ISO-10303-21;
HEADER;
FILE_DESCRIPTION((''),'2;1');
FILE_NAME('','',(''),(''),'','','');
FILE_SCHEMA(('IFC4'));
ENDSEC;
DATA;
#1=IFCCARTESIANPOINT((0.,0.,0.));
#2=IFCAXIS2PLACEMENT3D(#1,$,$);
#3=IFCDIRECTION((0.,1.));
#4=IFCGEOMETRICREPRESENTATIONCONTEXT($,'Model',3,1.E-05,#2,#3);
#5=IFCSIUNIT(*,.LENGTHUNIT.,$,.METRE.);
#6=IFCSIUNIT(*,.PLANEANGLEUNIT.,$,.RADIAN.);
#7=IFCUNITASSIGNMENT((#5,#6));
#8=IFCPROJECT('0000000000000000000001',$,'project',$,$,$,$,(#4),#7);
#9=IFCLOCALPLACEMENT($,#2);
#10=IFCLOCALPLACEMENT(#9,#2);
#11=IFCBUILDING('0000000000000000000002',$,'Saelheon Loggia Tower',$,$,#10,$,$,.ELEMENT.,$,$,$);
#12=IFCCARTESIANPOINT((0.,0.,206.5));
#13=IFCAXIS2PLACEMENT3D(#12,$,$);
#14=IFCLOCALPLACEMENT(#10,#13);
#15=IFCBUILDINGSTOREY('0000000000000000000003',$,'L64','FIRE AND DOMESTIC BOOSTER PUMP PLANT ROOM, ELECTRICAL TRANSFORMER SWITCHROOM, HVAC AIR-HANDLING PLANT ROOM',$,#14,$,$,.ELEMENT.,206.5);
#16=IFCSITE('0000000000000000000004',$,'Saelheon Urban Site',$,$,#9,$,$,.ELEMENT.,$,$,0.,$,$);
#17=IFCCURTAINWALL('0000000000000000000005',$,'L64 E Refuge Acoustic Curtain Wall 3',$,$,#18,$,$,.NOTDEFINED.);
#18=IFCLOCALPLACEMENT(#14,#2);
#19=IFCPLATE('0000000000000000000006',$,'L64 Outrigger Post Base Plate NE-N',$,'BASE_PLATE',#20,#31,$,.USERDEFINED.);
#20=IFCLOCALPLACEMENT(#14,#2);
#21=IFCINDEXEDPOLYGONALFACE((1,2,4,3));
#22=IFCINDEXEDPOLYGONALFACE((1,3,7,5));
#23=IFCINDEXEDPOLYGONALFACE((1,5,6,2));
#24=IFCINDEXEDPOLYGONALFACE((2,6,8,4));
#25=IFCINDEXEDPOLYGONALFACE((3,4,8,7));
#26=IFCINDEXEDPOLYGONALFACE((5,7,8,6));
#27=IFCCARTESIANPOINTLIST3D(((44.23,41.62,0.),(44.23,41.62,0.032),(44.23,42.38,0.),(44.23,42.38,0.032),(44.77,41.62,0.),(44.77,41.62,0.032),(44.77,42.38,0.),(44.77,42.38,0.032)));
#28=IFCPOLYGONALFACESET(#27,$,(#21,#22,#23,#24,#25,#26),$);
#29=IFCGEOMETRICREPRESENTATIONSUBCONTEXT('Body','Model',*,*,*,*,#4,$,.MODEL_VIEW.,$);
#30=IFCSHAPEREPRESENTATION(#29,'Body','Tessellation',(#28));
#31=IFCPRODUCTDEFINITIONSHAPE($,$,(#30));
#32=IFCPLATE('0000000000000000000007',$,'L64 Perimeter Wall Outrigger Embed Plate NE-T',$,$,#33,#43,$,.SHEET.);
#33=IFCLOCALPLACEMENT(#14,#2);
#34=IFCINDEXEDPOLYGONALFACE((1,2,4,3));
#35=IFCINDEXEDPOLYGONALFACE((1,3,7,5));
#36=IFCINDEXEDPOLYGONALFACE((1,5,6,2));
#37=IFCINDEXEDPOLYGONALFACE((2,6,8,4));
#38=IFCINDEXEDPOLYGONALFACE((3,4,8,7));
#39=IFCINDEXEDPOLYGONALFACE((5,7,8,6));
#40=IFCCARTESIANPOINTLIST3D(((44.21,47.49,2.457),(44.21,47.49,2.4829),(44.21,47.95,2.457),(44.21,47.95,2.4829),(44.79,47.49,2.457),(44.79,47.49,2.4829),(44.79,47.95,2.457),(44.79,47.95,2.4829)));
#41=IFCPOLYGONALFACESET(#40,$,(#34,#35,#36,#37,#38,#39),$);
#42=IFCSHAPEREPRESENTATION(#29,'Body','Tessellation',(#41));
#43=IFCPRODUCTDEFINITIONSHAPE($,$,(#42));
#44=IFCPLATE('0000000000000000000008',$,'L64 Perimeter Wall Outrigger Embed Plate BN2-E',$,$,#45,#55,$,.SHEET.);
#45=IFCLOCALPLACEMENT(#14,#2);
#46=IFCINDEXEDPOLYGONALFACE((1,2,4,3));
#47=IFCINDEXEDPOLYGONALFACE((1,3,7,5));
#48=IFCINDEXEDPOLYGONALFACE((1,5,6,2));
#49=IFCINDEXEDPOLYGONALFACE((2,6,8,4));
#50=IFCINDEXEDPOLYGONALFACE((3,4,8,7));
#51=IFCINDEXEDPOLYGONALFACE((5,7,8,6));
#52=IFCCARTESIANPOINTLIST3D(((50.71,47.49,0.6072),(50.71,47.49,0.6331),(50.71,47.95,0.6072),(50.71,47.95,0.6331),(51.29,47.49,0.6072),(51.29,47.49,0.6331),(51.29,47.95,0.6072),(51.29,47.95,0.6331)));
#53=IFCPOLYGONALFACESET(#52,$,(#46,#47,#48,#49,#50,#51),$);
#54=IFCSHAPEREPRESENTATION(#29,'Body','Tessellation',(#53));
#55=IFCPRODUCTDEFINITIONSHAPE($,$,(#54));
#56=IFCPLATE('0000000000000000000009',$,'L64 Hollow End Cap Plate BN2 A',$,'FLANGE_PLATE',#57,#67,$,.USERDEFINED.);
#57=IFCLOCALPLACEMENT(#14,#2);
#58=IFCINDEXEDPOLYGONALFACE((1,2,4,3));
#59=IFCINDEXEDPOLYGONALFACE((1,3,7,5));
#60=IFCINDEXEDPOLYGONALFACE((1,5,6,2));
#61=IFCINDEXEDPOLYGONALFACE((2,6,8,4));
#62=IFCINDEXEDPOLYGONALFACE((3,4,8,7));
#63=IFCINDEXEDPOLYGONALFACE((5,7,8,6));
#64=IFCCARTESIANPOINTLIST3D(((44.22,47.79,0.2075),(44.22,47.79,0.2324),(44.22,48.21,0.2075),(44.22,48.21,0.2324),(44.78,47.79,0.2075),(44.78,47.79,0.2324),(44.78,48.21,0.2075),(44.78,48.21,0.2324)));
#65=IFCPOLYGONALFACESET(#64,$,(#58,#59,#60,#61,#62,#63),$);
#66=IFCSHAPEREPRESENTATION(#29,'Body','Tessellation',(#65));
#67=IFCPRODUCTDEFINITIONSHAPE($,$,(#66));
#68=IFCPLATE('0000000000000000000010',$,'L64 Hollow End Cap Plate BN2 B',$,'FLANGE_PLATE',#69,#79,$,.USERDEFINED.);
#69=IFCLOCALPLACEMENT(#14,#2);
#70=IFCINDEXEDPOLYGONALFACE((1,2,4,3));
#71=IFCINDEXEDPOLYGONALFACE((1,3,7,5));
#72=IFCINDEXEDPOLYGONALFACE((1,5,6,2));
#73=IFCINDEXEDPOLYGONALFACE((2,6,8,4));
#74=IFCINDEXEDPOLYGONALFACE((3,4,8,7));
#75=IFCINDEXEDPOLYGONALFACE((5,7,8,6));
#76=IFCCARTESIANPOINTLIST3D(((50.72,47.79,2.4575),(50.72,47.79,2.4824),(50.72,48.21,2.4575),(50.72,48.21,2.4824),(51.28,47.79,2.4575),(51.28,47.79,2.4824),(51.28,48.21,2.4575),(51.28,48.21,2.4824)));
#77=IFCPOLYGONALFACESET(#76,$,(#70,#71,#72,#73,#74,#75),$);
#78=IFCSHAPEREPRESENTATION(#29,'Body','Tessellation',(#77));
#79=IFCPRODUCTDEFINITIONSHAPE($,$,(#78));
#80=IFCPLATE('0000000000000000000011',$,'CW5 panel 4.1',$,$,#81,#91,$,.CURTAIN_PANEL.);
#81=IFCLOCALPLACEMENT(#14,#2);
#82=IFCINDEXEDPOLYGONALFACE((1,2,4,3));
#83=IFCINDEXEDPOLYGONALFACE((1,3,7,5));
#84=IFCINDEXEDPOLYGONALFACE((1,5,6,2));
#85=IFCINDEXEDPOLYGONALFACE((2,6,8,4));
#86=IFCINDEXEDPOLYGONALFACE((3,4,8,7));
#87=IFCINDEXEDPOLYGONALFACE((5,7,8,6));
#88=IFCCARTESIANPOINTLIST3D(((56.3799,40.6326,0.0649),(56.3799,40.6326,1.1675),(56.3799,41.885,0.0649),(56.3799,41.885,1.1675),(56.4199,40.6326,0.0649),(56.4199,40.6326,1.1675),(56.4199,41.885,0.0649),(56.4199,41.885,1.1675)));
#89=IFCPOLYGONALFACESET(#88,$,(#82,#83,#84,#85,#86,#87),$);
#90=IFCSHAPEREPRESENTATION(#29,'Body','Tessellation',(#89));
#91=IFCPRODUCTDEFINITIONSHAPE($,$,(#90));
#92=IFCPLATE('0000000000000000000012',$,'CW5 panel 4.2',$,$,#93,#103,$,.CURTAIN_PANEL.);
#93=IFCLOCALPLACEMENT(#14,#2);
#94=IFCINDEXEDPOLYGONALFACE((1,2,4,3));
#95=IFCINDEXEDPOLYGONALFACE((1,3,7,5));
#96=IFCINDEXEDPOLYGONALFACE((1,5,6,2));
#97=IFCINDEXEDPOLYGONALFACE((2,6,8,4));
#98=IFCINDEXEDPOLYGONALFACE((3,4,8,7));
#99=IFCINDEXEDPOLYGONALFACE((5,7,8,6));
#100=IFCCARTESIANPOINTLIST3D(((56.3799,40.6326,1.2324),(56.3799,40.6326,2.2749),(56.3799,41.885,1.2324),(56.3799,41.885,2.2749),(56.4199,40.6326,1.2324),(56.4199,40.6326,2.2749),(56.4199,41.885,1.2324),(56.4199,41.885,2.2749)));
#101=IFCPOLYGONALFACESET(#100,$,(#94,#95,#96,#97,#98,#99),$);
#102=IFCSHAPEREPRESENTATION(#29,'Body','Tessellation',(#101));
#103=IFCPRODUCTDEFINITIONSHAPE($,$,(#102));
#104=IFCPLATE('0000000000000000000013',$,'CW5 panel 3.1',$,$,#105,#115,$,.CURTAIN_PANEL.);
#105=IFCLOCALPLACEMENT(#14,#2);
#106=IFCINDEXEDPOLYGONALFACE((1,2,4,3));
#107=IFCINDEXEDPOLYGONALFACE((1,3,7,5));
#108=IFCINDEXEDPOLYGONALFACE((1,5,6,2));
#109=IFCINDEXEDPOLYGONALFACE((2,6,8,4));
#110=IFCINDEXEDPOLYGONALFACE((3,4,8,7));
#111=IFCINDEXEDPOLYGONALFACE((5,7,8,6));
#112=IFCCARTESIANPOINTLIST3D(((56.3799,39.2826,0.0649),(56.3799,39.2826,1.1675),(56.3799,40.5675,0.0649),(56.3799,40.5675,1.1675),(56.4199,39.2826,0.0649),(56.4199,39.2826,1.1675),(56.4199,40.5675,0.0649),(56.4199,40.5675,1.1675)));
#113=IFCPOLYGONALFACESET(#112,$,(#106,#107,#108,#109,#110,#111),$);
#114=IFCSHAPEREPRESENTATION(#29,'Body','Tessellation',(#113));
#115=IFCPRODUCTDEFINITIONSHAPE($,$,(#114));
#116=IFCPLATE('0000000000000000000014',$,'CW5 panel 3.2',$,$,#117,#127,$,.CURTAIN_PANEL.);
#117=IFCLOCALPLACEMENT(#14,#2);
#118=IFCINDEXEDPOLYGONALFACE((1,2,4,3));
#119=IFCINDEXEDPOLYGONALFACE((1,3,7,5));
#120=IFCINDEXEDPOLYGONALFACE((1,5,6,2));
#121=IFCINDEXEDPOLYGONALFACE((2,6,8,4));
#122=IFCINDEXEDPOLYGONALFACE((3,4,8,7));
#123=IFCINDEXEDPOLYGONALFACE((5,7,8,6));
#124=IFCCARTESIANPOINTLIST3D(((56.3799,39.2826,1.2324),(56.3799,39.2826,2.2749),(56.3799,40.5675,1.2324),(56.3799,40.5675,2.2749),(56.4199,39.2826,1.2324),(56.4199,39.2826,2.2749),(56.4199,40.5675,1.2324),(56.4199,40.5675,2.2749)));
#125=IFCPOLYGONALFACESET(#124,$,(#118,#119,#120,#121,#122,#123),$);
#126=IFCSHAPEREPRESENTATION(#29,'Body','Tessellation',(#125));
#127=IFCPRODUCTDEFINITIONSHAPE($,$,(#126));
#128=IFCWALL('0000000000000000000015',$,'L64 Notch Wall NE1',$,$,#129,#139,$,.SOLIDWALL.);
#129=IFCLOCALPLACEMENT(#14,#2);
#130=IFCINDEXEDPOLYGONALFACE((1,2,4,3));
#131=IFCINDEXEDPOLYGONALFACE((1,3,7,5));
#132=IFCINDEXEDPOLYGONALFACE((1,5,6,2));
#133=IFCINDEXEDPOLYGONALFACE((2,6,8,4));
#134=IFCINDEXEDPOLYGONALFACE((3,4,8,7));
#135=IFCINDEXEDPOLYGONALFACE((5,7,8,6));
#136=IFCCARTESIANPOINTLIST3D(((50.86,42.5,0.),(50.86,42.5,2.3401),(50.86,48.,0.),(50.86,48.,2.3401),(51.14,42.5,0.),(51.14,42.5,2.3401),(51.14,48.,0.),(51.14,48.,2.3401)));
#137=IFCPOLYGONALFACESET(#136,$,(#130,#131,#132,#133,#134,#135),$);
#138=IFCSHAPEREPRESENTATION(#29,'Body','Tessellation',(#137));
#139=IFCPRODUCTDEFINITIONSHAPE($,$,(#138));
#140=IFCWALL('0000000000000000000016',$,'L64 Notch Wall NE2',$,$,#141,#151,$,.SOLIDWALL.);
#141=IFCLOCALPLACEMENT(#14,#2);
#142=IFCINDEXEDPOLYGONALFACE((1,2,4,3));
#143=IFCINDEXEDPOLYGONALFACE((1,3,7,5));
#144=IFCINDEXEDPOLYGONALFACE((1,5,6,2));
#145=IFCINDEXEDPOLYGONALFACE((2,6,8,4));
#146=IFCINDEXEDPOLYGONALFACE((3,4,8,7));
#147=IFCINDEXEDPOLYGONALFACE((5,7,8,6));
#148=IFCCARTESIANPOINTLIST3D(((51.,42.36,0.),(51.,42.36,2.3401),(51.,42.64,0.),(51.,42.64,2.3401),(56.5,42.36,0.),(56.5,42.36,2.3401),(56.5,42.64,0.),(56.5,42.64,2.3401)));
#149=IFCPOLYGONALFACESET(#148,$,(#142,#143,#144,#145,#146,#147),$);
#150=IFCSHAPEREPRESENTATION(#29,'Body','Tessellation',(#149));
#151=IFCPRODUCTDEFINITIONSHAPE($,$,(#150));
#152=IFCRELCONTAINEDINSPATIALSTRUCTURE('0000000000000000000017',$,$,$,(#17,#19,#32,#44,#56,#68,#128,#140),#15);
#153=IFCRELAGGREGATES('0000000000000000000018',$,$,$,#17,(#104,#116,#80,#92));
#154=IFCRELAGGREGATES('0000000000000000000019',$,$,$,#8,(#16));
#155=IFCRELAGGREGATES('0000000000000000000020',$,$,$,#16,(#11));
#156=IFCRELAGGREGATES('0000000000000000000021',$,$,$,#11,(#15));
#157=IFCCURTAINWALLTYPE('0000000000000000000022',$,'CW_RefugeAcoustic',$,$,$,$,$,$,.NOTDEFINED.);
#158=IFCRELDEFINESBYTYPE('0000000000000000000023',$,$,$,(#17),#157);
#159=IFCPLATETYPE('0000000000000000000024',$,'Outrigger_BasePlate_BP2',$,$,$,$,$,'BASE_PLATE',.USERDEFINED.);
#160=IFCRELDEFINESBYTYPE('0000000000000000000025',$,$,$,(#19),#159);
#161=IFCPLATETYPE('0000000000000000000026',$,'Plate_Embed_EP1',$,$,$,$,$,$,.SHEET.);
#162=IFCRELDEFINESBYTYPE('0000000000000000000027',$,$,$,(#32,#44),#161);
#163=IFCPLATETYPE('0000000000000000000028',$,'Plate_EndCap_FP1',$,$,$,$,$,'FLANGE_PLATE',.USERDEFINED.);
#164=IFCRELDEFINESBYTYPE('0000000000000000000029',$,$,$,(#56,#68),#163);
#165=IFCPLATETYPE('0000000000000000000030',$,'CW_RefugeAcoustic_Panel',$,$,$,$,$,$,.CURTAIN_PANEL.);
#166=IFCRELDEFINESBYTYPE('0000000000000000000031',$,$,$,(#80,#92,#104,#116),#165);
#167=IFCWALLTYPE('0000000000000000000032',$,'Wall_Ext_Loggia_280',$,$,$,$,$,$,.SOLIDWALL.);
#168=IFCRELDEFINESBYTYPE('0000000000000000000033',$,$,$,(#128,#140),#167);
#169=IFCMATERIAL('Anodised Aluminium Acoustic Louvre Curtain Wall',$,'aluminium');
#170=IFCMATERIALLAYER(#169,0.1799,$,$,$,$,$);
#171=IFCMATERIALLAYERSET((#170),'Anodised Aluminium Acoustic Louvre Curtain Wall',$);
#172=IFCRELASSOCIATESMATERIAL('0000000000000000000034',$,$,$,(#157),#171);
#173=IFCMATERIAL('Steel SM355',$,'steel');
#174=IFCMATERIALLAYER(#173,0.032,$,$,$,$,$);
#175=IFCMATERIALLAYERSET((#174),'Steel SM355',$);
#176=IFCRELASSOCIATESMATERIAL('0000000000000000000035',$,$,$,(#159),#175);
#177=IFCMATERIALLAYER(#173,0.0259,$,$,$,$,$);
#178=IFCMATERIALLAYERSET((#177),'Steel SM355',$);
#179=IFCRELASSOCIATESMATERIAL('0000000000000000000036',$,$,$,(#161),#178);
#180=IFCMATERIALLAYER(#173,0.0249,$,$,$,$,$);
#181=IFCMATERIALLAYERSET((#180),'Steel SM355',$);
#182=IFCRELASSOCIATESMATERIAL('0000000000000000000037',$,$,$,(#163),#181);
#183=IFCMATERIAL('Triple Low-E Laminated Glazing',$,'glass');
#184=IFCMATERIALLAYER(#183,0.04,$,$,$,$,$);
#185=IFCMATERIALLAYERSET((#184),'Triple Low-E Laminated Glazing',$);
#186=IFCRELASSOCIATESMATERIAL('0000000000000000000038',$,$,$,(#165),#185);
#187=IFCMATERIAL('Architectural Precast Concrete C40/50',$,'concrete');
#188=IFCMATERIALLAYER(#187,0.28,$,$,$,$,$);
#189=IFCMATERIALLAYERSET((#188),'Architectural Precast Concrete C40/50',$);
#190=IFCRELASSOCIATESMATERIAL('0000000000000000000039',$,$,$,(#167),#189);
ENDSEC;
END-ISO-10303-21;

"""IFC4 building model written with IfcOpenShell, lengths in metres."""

from ifc_helpers import new_model, si_unit, direction, frame, frame_2d, origin, origin_2d, place, context, subcontext, project, spatial, rectangle, extrude, source, transform, mapped, material, layer, layer_set, type_object, element, aggregate, save


model = new_model("IFC4")

# Units and contexts
model_context = context("Model", 3, precision=1e-05, world=origin(), true_north=direction((0.0, 1.0)))
body_context = subcontext(model_context, "Body", "Model", "MODEL_VIEW")
ifc_project = project(units=[si_unit("LENGTHUNIT", "METRE"), si_unit("PLANEANGLEUNIT", "RADIAN")], contexts=[model_context])

# Site, building, storey
site_placement = place(None, origin())
site = spatial("IfcSite", under=ifc_project, at=site_placement, Name="Saelheon Urban Site", CompositionType="ELEMENT", RefElevation=0.0)
building_placement = place(site_placement, origin())
building = spatial("IfcBuilding", under=site, at=building_placement, Name="Saelheon Loggia Tower", CompositionType="ELEMENT")
storey_placement = place(building_placement, frame((0.0, 0.0, 206.5)))
storey = spatial("IfcBuildingStorey", under=building, at=storey_placement, Name="L64", Description="FIRE AND DOMESTIC BOOSTER PUMP PLANT ROOM, ELECTRICAL TRANSFORMER SWITCHROOM, HVAC AIR-HANDLING PLANT ROOM", CompositionType="ELEMENT", Elevation=206.5)

# Shared definitions
ifc_material_1 = material(Name="Steel SM355", Category="steel")

# Curtain wall
ifc_material_2 = material(Name="Anodised Aluminium Acoustic Louvre Curtain Wall", Category="aluminium")
ifc_layer_1 = layer(ifc_material_2, 0.1799)
ifc_layer_set_1 = layer_set([ifc_layer_1], Name="Anodised Aluminium Acoustic Louvre Curtain Wall")
curtain_wall_type = type_object("IfcCurtainWallType", Name="CW_RefugeAcoustic", PredefinedType="NOTDEFINED", material=ifc_layer_set_1)
curtain_wall_placement = place(storey_placement, origin())
curtain_wall = element("IfcCurtainWall", 1, at=curtain_wall_placement, inside=storey, type_object=curtain_wall_type, Name="L64 E Refuge Acoustic Curtain Wall 3", PredefinedType="NOTDEFINED")

# Plates
ifc_layer_2 = layer(ifc_material_1, 0.032)
ifc_layer_set_2 = layer_set([ifc_layer_2], Name="Steel SM355")
plate_type_1 = type_object("IfcPlateType", Name="Outrigger_BasePlate_BP2", ElementType="BASE_PLATE", PredefinedType="USERDEFINED", material=ifc_layer_set_2)
shared_shape_1 = source(origin(), body_context, "Body", "SweptSolid", [
    extrude(rectangle(XDim=0.76, YDim=0.54, at=origin_2d()), origin(), (0.0, 0.0, 1.0), 0.032),
])
plate_1_placement = place(storey_placement, frame((44.5, 42.0, 0.0), z_axis=(0.0, 0.0, 1.0), x_axis=(0.0, 1.0, 0.0)))
element("IfcPlate", 2, at=plate_1_placement, inside=storey, type_object=plate_type_1, Name="L64 Outrigger Post Base Plate NE-N", ObjectType="BASE_PLATE", PredefinedType="USERDEFINED", context=body_context, shape_type="MappedRepresentation", body=[
    mapped(shared_shape_1, transform((0.0, 0.0, 0.0), scale=1.0)),
])
ifc_layer_3 = layer(ifc_material_1, 0.0259)
ifc_layer_set_3 = layer_set([ifc_layer_3], Name="Steel SM355")
plate_type_2 = type_object("IfcPlateType", Name="Plate_Embed_EP1", PredefinedType="SHEET", material=ifc_layer_set_3)
shared_shape_2 = source(origin(), body_context, "Body", "SweptSolid", [
    extrude(rectangle(XDim=0.5801, YDim=0.46, at=origin_2d()), origin(), (0.0, 0.0, 1.0), 0.0259),
])
for number, where, z_axis, x_axis, name in (
    (3, (44.5, 47.72, 2.457), (0.0, 0.0, 1.0), (1.0, 0.0, 0.0), "L64 Perimeter Wall Outrigger Embed Plate NE-T"),
    (4, (51.0, 47.72, 0.6072), (0.0, 0.0, 1.0), (1.0, 0.0, 0.0), "L64 Perimeter Wall Outrigger Embed Plate BN2-E"),
):
    element("IfcPlate", number, at=place(storey_placement, frame(where, z_axis=z_axis, x_axis=x_axis)), inside=storey, type_object=plate_type_2, Name=name, PredefinedType="SHEET", context=body_context, shape_type="MappedRepresentation", body=[
        mapped(shared_shape_2, transform((0.0, 0.0, 0.0), scale=1.0)),
    ])
ifc_layer_4 = layer(ifc_material_1, 0.0249)
ifc_layer_set_4 = layer_set([ifc_layer_4], Name="Steel SM355")
plate_type_3 = type_object("IfcPlateType", Name="Plate_EndCap_FP1", ElementType="FLANGE_PLATE", PredefinedType="USERDEFINED", material=ifc_layer_set_4)
shared_shape_3 = source(origin(), body_context, "Body", "SweptSolid", [
    extrude(rectangle(XDim=0.5601, YDim=0.4199, at=origin_2d()), origin(), (0.0, 0.0, 1.0), 0.0249),
])
for number, where, z_axis, x_axis, name in (
    (5, (44.5, 48.0, 0.2075), (0.0, 0.0, 1.0), (1.0, 0.0, 0.0), "L64 Hollow End Cap Plate BN2 A"),
    (6, (51.0, 48.0, 2.4575), (0.0, 0.0, 1.0), (1.0, 0.0, 0.0), "L64 Hollow End Cap Plate BN2 B"),
):
    element("IfcPlate", number, at=place(storey_placement, frame(where, z_axis=z_axis, x_axis=x_axis)), inside=storey, type_object=plate_type_3, Name=name, ObjectType="FLANGE_PLATE", PredefinedType="USERDEFINED", context=body_context, shape_type="MappedRepresentation", body=[
        mapped(shared_shape_3, transform((0.0, 0.0, 0.0), scale=1.0)),
    ])

# Plates
ifc_material_3 = material(Name="Triple Low-E Laminated Glazing", Category="glass")
ifc_layer_5 = layer(ifc_material_3, 0.04)
ifc_layer_set_5 = layer_set([ifc_layer_5], Name="Triple Low-E Laminated Glazing")
plate_type_4 = type_object("IfcPlateType", Name="CW_RefugeAcoustic_Panel", PredefinedType="CURTAIN_PANEL", material=ifc_layer_set_5)
shared_shape_4 = source(origin(), body_context, "Body", "SweptSolid", [
    extrude(rectangle(XDim=1.2524, YDim=0.04, at=origin_2d()), origin(), (0.0, 0.0, 1.0), 1.1025),
])
plate_2_placement = place(storey_placement, frame((56.3999, 41.2588, 0.0649), z_axis=(0.0, 0.0, 1.0), x_axis=(0.0, 1.0, 0.0)))
plate_2 = element("IfcPlate", 7, at=plate_2_placement, type_object=plate_type_4, Name="CW5 panel 4.1", PredefinedType="CURTAIN_PANEL", context=body_context, shape_type="MappedRepresentation", body=[
    mapped(shared_shape_4, transform((0.0, 0.0, 0.0), scale=1.0)),
])
shared_shape_5 = source(origin(), body_context, "Body", "SweptSolid", [
    extrude(rectangle(XDim=1.2524, YDim=0.04, at=origin_2d()), origin(), (0.0, 0.0, 1.0), 1.0425),
])
plate_3_placement = place(storey_placement, frame((56.3999, 41.2588, 1.2324), z_axis=(0.0, 0.0, 1.0), x_axis=(0.0, 1.0, 0.0)))
plate_3 = element("IfcPlate", 8, at=plate_3_placement, type_object=plate_type_4, Name="CW5 panel 4.2", PredefinedType="CURTAIN_PANEL", context=body_context, shape_type="MappedRepresentation", body=[
    mapped(shared_shape_5, transform((0.0, 0.0, 0.0), scale=1.0)),
])
shared_shape_6 = source(origin(), body_context, "Body", "SweptSolid", [
    extrude(rectangle(XDim=1.2849, YDim=0.04, at=origin_2d()), origin(), (0.0, 0.0, 1.0), 1.1025),
])
plate_4_placement = place(storey_placement, frame((56.3999, 39.925, 0.0649), z_axis=(0.0, 0.0, 1.0), x_axis=(0.0, 1.0, 0.0)))
plate_4 = element("IfcPlate", 9, at=plate_4_placement, type_object=plate_type_4, Name="CW5 panel 3.1", PredefinedType="CURTAIN_PANEL", context=body_context, shape_type="MappedRepresentation", body=[
    mapped(shared_shape_6, transform((0.0, 0.0, 0.0), scale=1.0)),
])
shared_shape_7 = source(origin(), body_context, "Body", "SweptSolid", [
    extrude(rectangle(XDim=1.2849, YDim=0.04, at=origin_2d()), origin(), (0.0, 0.0, 1.0), 1.0425),
])
plate_5_placement = place(storey_placement, frame((56.3999, 39.925, 1.2324), z_axis=(0.0, 0.0, 1.0), x_axis=(0.0, 1.0, 0.0)))
plate_5 = element("IfcPlate", 10, at=plate_5_placement, type_object=plate_type_4, Name="CW5 panel 3.2", PredefinedType="CURTAIN_PANEL", context=body_context, shape_type="MappedRepresentation", body=[
    mapped(shared_shape_7, transform((0.0, 0.0, 0.0), scale=1.0)),
])
aggregate(curtain_wall, [plate_4, plate_5, plate_2, plate_3])

# Walls
ifc_material_4 = material(Name="Architectural Precast Concrete C40/50", Category="concrete")
ifc_layer_6 = layer(ifc_material_4, 0.28)
ifc_layer_set_6 = layer_set([ifc_layer_6], Name="Architectural Precast Concrete C40/50")
wall_type = type_object("IfcWallType", Name="Wall_Ext_Loggia_280", PredefinedType="SOLIDWALL", material=ifc_layer_set_6)
for number, where, z_axis, x_axis, name in (
    (11, (51.0, 42.5, 0.0), (0.0, 0.0, 1.0), (0.0, 1.0, 0.0), "L64 Notch Wall NE1"),
    (12, (51.0, 42.5, 0.0), (0.0, 0.0, 1.0), (1.0, 0.0, 0.0), "L64 Notch Wall NE2"),
):
    element("IfcWall", number, at=place(storey_placement, frame(where, z_axis=z_axis, x_axis=x_axis)), inside=storey, type_object=wall_type, Name=name, PredefinedType="SOLIDWALL", context=body_context, shape_type="SweptSolid", body=[
        extrude(rectangle(XDim=5.5, YDim=0.28, at=frame_2d((2.75, 0.0))), origin(), (0.0, 0.0, 1.0), 2.3401),
    ])

save(model, "model.ifc")
